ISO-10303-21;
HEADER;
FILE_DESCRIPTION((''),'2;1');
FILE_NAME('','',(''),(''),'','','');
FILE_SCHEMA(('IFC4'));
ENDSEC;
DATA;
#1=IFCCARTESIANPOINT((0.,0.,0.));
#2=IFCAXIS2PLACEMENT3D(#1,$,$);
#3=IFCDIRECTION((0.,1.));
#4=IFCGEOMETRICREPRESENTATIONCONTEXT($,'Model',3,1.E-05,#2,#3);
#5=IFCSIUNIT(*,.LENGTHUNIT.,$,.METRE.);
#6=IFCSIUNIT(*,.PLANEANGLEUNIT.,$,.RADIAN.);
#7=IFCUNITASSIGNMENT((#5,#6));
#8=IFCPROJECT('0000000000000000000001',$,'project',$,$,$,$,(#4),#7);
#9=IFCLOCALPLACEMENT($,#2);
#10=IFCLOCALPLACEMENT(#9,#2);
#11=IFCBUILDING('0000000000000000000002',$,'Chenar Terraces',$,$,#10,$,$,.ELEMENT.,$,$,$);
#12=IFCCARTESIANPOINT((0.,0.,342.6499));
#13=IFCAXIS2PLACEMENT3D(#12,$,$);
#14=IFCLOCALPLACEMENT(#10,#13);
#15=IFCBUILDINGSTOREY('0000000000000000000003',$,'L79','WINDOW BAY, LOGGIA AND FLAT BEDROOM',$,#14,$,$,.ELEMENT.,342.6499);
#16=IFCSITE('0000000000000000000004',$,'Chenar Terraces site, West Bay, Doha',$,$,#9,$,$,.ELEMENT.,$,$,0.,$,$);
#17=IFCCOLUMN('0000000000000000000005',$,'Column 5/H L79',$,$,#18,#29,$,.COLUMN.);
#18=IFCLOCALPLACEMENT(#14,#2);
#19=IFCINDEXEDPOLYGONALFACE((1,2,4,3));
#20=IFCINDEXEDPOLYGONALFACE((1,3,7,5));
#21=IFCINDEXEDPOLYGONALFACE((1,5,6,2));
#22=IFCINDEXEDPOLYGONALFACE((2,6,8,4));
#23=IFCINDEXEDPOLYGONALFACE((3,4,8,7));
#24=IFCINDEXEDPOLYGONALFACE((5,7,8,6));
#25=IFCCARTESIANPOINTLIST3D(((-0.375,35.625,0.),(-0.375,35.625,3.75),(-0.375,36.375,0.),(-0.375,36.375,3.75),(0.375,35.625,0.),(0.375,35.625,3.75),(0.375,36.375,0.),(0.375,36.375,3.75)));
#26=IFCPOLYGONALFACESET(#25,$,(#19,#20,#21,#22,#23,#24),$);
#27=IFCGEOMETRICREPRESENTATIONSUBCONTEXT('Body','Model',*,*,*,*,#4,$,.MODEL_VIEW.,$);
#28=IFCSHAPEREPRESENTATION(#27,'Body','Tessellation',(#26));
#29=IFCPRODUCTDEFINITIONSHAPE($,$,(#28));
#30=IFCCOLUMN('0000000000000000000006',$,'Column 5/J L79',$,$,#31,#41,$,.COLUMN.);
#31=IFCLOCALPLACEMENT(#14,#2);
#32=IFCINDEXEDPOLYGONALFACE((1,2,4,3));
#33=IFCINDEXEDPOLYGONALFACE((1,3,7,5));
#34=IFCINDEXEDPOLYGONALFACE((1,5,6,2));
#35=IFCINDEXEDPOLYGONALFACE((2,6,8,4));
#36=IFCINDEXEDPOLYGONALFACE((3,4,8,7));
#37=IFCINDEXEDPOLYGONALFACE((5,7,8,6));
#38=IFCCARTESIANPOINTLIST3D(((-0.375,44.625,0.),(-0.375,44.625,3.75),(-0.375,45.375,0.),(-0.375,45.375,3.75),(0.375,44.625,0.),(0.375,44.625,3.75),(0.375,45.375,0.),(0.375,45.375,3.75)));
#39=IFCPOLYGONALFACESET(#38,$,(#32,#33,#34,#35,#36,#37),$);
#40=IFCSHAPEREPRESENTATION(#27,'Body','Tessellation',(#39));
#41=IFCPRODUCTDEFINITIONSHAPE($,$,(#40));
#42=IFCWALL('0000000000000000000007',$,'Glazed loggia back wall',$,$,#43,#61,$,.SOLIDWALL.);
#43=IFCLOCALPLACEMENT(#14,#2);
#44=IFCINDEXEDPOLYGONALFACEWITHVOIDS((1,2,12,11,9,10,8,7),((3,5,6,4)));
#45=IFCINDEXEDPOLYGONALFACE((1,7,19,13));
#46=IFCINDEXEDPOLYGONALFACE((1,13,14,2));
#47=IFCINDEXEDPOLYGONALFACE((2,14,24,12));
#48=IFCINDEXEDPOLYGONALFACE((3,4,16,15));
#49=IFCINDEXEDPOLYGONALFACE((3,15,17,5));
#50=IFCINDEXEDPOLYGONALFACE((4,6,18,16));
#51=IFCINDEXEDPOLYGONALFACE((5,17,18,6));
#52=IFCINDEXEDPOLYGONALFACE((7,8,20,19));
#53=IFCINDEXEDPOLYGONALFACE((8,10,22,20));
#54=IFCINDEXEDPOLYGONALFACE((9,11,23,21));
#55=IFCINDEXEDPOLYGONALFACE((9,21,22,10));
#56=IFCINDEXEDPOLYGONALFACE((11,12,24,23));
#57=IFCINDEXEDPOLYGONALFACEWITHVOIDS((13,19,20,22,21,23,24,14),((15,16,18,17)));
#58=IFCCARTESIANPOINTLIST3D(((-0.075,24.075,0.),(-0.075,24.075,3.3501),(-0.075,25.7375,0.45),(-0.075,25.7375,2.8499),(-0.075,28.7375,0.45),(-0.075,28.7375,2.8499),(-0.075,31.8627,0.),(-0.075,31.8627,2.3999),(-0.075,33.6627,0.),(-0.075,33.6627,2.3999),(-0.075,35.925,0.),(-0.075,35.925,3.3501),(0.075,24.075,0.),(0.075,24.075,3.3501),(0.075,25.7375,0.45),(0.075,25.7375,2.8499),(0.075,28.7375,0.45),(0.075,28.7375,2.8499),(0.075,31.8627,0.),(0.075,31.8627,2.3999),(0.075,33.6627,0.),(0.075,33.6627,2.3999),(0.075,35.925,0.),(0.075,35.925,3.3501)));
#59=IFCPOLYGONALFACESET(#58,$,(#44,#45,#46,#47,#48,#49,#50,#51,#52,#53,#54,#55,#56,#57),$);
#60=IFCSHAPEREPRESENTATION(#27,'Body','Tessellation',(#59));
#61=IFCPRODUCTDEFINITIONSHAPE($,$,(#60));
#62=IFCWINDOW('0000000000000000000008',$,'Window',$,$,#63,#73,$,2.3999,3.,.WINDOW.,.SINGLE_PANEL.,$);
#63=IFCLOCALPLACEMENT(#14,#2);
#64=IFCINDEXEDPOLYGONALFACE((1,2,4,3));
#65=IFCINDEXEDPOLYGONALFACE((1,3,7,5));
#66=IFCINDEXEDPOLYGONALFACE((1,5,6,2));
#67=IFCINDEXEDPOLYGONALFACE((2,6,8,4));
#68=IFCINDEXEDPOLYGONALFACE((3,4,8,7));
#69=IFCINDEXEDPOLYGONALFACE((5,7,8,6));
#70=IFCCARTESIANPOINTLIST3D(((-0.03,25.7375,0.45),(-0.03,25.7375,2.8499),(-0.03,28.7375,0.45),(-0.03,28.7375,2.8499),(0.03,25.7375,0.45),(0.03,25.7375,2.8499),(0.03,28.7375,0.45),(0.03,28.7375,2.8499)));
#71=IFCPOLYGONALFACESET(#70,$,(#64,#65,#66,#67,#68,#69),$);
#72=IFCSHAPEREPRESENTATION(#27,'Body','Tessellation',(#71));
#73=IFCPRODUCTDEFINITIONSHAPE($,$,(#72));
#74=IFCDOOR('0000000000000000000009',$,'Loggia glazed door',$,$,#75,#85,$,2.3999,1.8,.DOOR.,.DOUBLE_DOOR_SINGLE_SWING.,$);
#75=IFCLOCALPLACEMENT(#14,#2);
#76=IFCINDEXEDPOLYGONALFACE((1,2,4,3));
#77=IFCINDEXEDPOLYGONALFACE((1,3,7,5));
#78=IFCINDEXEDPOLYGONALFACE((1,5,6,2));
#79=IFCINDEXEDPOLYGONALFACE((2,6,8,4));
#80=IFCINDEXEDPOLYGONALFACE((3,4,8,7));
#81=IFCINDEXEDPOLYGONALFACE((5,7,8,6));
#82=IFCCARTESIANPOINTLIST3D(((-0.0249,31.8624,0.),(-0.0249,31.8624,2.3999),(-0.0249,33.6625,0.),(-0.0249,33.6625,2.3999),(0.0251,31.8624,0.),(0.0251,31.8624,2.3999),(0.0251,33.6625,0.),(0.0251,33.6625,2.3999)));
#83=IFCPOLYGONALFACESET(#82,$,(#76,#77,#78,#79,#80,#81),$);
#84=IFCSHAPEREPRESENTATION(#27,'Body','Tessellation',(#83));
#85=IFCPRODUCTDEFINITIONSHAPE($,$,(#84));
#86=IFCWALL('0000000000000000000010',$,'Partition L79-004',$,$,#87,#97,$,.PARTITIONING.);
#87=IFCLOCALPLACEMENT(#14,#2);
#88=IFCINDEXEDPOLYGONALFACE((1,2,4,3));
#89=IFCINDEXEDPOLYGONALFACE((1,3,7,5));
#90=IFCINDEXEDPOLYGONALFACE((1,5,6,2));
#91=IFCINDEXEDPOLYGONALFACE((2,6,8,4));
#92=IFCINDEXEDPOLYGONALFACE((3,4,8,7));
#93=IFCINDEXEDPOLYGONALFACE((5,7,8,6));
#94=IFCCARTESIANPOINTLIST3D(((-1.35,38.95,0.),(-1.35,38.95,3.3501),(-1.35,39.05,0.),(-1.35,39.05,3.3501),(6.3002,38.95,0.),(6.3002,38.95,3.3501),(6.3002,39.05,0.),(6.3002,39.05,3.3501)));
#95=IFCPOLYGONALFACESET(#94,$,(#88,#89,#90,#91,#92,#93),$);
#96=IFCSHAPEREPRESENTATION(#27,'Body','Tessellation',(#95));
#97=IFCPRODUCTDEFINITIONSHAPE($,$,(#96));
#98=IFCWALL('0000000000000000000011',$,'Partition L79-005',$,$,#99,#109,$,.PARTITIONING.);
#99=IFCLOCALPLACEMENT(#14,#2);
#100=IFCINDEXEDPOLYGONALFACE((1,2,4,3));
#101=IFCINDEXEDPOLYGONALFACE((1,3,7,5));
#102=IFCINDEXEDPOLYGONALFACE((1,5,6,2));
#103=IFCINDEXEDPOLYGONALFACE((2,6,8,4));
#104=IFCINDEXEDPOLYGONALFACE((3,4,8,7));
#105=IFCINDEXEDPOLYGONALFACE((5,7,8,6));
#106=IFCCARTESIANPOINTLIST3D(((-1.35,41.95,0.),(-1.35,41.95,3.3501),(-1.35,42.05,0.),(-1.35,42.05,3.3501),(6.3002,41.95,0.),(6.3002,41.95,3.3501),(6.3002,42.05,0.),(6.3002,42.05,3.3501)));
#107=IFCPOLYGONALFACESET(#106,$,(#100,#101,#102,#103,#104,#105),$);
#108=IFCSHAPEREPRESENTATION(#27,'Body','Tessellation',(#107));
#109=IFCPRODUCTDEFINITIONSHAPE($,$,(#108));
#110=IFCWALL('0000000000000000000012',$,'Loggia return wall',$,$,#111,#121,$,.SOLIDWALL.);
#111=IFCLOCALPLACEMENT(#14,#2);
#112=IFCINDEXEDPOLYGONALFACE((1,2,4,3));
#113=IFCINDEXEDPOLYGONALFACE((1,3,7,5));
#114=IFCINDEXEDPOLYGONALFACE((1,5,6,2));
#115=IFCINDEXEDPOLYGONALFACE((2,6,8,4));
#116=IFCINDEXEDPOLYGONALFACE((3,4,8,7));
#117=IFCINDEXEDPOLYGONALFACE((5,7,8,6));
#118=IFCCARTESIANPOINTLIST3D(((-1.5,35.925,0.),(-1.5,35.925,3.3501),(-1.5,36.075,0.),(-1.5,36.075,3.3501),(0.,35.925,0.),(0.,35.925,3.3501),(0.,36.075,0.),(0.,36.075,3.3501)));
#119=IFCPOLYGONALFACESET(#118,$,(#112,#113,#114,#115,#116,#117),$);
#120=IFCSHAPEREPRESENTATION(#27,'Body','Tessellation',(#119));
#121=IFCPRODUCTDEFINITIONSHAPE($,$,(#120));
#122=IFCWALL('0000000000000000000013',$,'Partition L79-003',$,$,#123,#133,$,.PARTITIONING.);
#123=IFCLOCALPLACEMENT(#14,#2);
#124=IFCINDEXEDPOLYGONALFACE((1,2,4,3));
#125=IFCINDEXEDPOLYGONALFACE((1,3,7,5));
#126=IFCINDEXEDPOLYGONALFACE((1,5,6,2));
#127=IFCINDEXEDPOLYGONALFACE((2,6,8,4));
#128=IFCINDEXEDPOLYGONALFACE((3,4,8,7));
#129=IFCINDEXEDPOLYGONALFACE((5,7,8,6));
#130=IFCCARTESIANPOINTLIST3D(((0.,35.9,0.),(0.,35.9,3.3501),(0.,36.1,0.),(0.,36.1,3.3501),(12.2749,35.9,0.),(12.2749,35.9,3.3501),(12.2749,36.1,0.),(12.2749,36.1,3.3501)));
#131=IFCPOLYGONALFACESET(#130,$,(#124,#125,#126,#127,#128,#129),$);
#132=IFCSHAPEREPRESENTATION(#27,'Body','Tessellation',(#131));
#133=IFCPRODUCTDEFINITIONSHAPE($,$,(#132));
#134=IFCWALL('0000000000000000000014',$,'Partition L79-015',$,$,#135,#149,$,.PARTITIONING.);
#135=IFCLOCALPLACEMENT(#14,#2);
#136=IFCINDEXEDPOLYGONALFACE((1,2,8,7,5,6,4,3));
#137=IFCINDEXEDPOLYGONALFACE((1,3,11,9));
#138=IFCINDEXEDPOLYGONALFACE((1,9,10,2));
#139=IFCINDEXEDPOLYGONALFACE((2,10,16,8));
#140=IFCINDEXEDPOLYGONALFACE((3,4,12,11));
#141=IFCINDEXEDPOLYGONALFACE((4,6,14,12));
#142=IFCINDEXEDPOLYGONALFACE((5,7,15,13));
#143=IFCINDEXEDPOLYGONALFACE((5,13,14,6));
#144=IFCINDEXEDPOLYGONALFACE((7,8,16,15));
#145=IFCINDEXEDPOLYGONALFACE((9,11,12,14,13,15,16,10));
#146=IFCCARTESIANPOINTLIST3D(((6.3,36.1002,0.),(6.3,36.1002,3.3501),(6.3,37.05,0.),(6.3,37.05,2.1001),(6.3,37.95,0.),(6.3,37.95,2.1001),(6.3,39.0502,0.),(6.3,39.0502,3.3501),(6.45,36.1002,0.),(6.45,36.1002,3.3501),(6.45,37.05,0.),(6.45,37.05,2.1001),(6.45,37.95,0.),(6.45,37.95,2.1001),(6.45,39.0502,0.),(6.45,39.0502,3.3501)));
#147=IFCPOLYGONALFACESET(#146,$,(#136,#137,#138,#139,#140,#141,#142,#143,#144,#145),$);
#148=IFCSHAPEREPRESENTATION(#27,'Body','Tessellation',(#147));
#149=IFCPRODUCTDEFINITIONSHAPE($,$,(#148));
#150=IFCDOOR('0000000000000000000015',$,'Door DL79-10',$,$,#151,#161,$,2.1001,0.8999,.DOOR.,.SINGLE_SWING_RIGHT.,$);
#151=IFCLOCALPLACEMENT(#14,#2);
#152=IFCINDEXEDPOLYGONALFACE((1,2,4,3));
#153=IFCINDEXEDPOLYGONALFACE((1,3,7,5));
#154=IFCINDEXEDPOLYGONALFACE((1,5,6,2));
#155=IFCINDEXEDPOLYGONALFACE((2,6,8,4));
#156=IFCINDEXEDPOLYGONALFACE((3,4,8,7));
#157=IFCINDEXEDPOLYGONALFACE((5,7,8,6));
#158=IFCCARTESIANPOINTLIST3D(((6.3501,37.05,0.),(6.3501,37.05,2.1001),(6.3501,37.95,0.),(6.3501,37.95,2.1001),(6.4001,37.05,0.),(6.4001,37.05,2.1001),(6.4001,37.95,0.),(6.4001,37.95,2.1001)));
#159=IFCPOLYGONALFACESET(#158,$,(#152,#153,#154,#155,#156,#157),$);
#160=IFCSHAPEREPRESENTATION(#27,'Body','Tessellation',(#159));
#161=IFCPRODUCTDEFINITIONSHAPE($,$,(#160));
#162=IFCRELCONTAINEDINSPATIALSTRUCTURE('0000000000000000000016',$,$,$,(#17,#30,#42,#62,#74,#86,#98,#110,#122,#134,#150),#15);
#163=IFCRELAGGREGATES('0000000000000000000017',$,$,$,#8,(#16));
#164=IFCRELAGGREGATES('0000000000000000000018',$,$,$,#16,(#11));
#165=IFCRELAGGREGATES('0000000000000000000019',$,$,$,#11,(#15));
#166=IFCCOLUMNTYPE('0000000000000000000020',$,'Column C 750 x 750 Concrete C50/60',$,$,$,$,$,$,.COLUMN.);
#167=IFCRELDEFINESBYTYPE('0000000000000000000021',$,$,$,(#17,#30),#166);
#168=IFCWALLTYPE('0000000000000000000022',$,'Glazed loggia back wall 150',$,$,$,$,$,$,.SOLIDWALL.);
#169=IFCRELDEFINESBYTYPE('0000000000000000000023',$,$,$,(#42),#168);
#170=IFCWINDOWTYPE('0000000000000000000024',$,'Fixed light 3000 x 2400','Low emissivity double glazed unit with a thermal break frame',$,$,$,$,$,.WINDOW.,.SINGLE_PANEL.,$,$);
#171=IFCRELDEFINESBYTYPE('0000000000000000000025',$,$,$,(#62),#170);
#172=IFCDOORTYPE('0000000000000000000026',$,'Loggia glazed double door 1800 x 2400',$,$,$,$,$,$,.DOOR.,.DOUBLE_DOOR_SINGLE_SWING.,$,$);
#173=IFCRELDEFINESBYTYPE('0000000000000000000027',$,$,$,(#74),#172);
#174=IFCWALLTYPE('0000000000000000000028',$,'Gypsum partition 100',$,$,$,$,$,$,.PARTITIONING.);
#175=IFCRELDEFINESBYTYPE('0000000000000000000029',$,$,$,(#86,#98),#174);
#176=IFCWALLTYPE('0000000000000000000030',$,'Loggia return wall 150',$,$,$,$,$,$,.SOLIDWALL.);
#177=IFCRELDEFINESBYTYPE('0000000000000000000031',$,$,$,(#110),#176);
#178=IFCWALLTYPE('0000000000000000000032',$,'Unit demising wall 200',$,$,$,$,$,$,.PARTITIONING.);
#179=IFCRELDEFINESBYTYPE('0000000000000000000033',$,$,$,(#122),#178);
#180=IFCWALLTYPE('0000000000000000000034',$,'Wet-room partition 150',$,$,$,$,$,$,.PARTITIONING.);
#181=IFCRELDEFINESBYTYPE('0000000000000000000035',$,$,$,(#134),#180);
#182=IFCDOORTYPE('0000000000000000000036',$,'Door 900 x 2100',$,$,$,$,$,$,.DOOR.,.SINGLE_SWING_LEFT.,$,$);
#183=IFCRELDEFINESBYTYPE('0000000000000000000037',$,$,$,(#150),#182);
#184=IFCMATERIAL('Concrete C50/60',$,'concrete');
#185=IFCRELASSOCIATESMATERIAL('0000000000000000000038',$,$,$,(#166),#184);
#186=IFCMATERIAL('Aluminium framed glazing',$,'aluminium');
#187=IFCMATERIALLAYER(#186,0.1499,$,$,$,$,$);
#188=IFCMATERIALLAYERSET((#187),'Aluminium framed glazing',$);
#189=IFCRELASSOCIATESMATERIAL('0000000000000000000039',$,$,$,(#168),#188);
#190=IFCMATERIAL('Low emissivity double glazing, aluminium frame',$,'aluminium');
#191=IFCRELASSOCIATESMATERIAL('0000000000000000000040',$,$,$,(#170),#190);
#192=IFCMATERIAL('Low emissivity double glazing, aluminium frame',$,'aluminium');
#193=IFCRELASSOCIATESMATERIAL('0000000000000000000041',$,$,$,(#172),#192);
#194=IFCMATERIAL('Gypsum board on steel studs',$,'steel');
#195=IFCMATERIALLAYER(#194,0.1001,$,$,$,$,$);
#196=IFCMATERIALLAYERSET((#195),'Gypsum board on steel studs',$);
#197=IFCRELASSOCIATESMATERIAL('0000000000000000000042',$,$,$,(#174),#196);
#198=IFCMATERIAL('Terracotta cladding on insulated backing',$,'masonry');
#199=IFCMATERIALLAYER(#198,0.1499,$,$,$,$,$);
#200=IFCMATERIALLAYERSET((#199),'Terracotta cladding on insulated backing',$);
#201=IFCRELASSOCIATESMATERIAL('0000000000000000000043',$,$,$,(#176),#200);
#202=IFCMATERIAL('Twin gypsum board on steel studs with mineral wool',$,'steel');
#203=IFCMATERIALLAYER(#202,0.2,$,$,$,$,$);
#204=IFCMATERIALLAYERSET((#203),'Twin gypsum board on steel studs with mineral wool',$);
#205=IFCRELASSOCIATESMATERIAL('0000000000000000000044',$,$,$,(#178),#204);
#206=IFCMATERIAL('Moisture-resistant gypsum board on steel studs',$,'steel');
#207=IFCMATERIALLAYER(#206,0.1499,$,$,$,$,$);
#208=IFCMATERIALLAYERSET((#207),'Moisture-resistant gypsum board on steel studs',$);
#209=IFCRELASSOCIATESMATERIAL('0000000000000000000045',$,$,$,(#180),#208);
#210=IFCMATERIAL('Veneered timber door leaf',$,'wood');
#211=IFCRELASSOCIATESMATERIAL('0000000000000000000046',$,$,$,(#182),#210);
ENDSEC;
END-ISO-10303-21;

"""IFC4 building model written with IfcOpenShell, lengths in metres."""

from ifc_helpers import new_model, si_unit, direction, frame, frame_2d, origin, origin_2d, place, context, subcontext, project, spatial, rectangle, extrude, material, layer, layer_set, material_profile, profile_set, type_object, element, fill, save


model = new_model("IFC4")

# Units and contexts
model_context = context("Model", 3, precision=1e-05, world=origin(), true_north=direction((0.0, 1.0)))
body_context = subcontext(model_context, "Body", "Model", "MODEL_VIEW")
ifc_project = project(units=[si_unit("LENGTHUNIT", "METRE"), si_unit("PLANEANGLEUNIT", "RADIAN")], contexts=[model_context])

# Site, building, storey
site_placement = place(None, origin())
site = spatial("IfcSite", under=ifc_project, at=site_placement, Name="Chenar Terraces site, West Bay, Doha", CompositionType="ELEMENT", RefElevation=0.0)
building_placement = place(site_placement, origin())
building = spatial("IfcBuilding", under=site, at=building_placement, Name="Chenar Terraces", CompositionType="ELEMENT")
storey_placement = place(building_placement, frame((0.0, 0.0, 342.6499)))
storey = spatial("IfcBuildingStorey", under=building, at=storey_placement, Name="L79", Description="WINDOW BAY, LOGGIA AND FLAT BEDROOM", CompositionType="ELEMENT", Elevation=342.6499)

# Columns
ifc_material_1 = material(Name="Concrete C50/60", Category="concrete")
ifc_material_profile = material_profile(ifc_material_1, rectangle(XDim=0.75, YDim=0.75, at=origin_2d()), Name="C 750 x 750")
ifc_profile_set = profile_set([ifc_material_profile], Name="Concrete C50/60")
column_type = type_object("IfcColumnType", Name="Column C 750 x 750 Concrete C50/60", PredefinedType="COLUMN", material=ifc_profile_set)
placement = place(storey_placement, frame((0.0, 36.0, 0.0), z_axis=(0.0, 0.0, 1.0), x_axis=(1.0, 0.0, 0.0)))
element("IfcColumn", 1, at=placement, inside=storey, type_object=column_type, Name="Column 5/H L79", PredefinedType="COLUMN", context=body_context, shape_type="SweptSolid", body=[
    extrude(rectangle(XDim=0.75, YDim=0.75, at=origin_2d()), origin(), (0.0, 0.0, 1.0), 3.75),
])
column_1_placement = place(storey_placement, frame((0.0, 45.0, 0.0), z_axis=(0.0, 0.0, 1.0), x_axis=(1.0, 0.0, 0.0)))
element("IfcColumn", 2, at=column_1_placement, inside=storey, type_object=column_type, Name="Column 5/J L79", PredefinedType="COLUMN", context=body_context, shape_type="SweptSolid", body=[
    extrude(rectangle(XDim=0.75, YDim=0.75, at=origin_2d()), origin(), (0.0, 0.0, 1.0), 3.75),
])

# Wall, openings, window, door
ifc_material_2 = material(Name="Aluminium framed glazing", Category="aluminium")
ifc_layer_1 = layer(ifc_material_2, 0.1499)
ifc_layer_set_1 = layer_set([ifc_layer_1], Name="Aluminium framed glazing")
wall_type_1 = type_object("IfcWallType", Name="Glazed loggia back wall 150", PredefinedType="SOLIDWALL", material=ifc_layer_set_1)
wall_1_placement = place(storey_placement, frame((0.0, 35.925, 0.0), z_axis=(0.0, 0.0, 1.0), x_axis=(0.0, -1.0, 0.0)))
wall_1 = element("IfcWall", 3, at=wall_1_placement, inside=storey, type_object=wall_type_1, Name="Glazed loggia back wall", PredefinedType="SOLIDWALL", context=body_context, shape_type="SweptSolid", body=[
    extrude(rectangle(XDim=11.8501, YDim=0.1499, at=frame_2d((5.925, 0.0))), origin(), (0.0, 0.0, 1.0), 3.3501),
])
opening_1_placement = place(wall_1_placement, frame((2.2625, 0.0, 0.0)))
opening_1 = element("IfcOpeningElement", 4, at=opening_1_placement, cuts=wall_1, PredefinedType="OPENING", context=body_context, shape_type="SweptSolid", body=[
    extrude(rectangle(XDim=1.8, YDim=2.3999, at=frame_2d((0.8999, 1.2))), frame((0.0, 0.085, 0.0), z_axis=(0.0, -1.0, 0.0), x_axis=(1.0, 0.0, 0.0)), (0.0, 0.0, 1.0), 0.1699),
])
opening_2_placement = place(wall_1_placement, frame((7.1875, 0.0, 0.45)))
opening_2 = element("IfcOpeningElement", 5, at=opening_2_placement, cuts=wall_1, PredefinedType="OPENING", context=body_context, shape_type="SweptSolid", body=[
    extrude(rectangle(XDim=3.0, YDim=2.3999, at=frame_2d((1.5, 1.2))), frame((0.0, 0.085, 0.0), z_axis=(0.0, -1.0, 0.0), x_axis=(1.0, 0.0, 0.0)), (0.0, 0.0, 1.0), 0.1699),
])
ifc_material_3 = material(Name="Low emissivity double glazing, aluminium frame", Category="aluminium")
window_type = type_object("IfcWindowType", Name="Fixed light 3000 x 2400", Description="Low emissivity double glazed unit with a thermal break frame", PartitioningType="SINGLE_PANEL", PredefinedType="WINDOW", material=ifc_material_3)
window_placement = place(opening_2_placement, origin())
window = element("IfcWindow", 6, at=window_placement, inside=storey, type_object=window_type, Name="Window", OverallHeight=2.3999, OverallWidth=3.0, PartitioningType="SINGLE_PANEL", PredefinedType="WINDOW", context=body_context, shape_type="SweptSolid", body=[
    extrude(rectangle(XDim=3.0, YDim=2.3999, at=frame_2d((1.5, 1.2))), frame((0.0, 0.03, 0.0), z_axis=(0.0, -1.0, 0.0), x_axis=(1.0, 0.0, 0.0)), (0.0, 0.0, 1.0), 0.0601),
])
fill(opening_2, window)
ifc_material_4 = material(Name="Low emissivity double glazing, aluminium frame", Category="aluminium")
door_type_1 = type_object("IfcDoorType", Name="Loggia glazed double door 1800 x 2400", OperationType="DOUBLE_DOOR_SINGLE_SWING", PredefinedType="DOOR", material=ifc_material_4)
door_1_placement = place(opening_1_placement, frame((1.8, 0.0, 0.0), z_axis=(0.0, 0.0, 1.0), x_axis=(-1.0, 0.0, 0.0)))
door_1 = element("IfcDoor", 7, at=door_1_placement, inside=storey, type_object=door_type_1, Name="Loggia glazed door", OperationType="DOUBLE_DOOR_SINGLE_SWING", OverallHeight=2.3999, OverallWidth=1.8, PredefinedType="DOOR", context=body_context, shape_type="SweptSolid", body=[
    extrude(rectangle(XDim=1.8, YDim=2.3999, at=frame_2d((0.8999, 1.2))), frame((0.0, 0.0249, 0.0), z_axis=(0.0, -1.0, 0.0), x_axis=(1.0, 0.0, 0.0)), (0.0, 0.0, 1.0), 0.05),
])
fill(opening_1, door_1)

# Walls
ifc_material_5 = material(Name="Gypsum board on steel studs", Category="steel")
ifc_layer_2 = layer(ifc_material_5, 0.1001)
ifc_layer_set_2 = layer_set([ifc_layer_2], Name="Gypsum board on steel studs")
wall_type_2 = type_object("IfcWallType", Name="Gypsum partition 100", PredefinedType="PARTITIONING", material=ifc_layer_set_2)
for number, where, z_axis, x_axis, name in (
    (8, (-1.3501, 39.0, 0.0), (0.0, 0.0, 1.0), (1.0, 0.0, 0.0), "Partition L79-004"),
    (9, (-1.3501, 42.0, 0.0), (0.0, 0.0, 1.0), (1.0, 0.0, 0.0), "Partition L79-005"),
):
    element("IfcWall", number, at=place(storey_placement, frame(where, z_axis=z_axis, x_axis=x_axis)), inside=storey, type_object=wall_type_2, Name=name, PredefinedType="PARTITIONING", context=body_context, shape_type="SweptSolid", body=[
        extrude(rectangle(XDim=7.6501, YDim=0.1001, at=frame_2d((3.8252, 0.0))), origin(), (0.0, 0.0, 1.0), 3.3501),
    ])
ifc_material_6 = material(Name="Terracotta cladding on insulated backing", Category="masonry")
ifc_layer_3 = layer(ifc_material_6, 0.1499)
ifc_layer_set_3 = layer_set([ifc_layer_3], Name="Terracotta cladding on insulated backing")
wall_type_3 = type_object("IfcWallType", Name="Loggia return wall 150", PredefinedType="SOLIDWALL", material=ifc_layer_set_3)
wall_2_placement = place(storey_placement, frame((-1.5, 36.0, 0.0), z_axis=(0.0, 0.0, 1.0), x_axis=(1.0, 0.0, 0.0)))
element("IfcWall", 10, at=wall_2_placement, inside=storey, type_object=wall_type_3, Name="Loggia return wall", PredefinedType="SOLIDWALL", context=body_context, shape_type="SweptSolid", body=[
    extrude(rectangle(XDim=1.5, YDim=0.1499, at=frame_2d((0.75, 0.0))), origin(), (0.0, 0.0, 1.0), 3.3501),
])
ifc_material_7 = material(Name="Twin gypsum board on steel studs with mineral wool", Category="steel")
ifc_layer_4 = layer(ifc_material_7, 0.2)
ifc_layer_set_4 = layer_set([ifc_layer_4], Name="Twin gypsum board on steel studs with mineral wool")
wall_type_4 = type_object("IfcWallType", Name="Unit demising wall 200", PredefinedType="PARTITIONING", material=ifc_layer_set_4)
element("IfcWall", 11, at=placement, inside=storey, type_object=wall_type_4, Name="Partition L79-003", PredefinedType="PARTITIONING", context=body_context, shape_type="SweptSolid", body=[
    extrude(rectangle(XDim=12.2749, YDim=0.2, at=frame_2d((6.1375, 0.0))), origin(), (0.0, 0.0, 1.0), 3.3501),
])

# Wall, opening, door
ifc_material_8 = material(Name="Moisture-resistant gypsum board on steel studs", Category="steel")
ifc_layer_5 = layer(ifc_material_8, 0.1499)
ifc_layer_set_5 = layer_set([ifc_layer_5], Name="Moisture-resistant gypsum board on steel studs")
wall_type_5 = type_object("IfcWallType", Name="Wet-room partition 150", PredefinedType="PARTITIONING", material=ifc_layer_set_5)
wall_3_placement = place(storey_placement, frame((6.375, 36.1001, 0.0), z_axis=(0.0, 0.0, 1.0), x_axis=(0.0, 1.0, 0.0)))
wall_3 = element("IfcWall", 12, at=wall_3_placement, inside=storey, type_object=wall_type_5, Name="Partition L79-015", PredefinedType="PARTITIONING", context=body_context, shape_type="SweptSolid", body=[
    extrude(rectangle(XDim=2.95, YDim=0.1499, at=frame_2d((1.4751, 0.0))), origin(), (0.0, 0.0, 1.0), 3.3501),
])
opening_3_placement = place(wall_3_placement, frame((0.95, 0.0, 0.0)))
opening_3 = element("IfcOpeningElement", 13, at=opening_3_placement, cuts=wall_3, PredefinedType="OPENING", context=body_context, shape_type="SweptSolid", body=[
    extrude(rectangle(XDim=0.8999, YDim=2.1001, at=frame_2d((0.45, 1.05))), frame((0.0, 0.085, 0.0), z_axis=(0.0, -1.0, 0.0), x_axis=(1.0, 0.0, 0.0)), (0.0, 0.0, 1.0), 0.1699),
])
ifc_material_9 = material(Name="Veneered timber door leaf", Category="wood")
door_type_2 = type_object("IfcDoorType", Name="Door 900 x 2100", OperationType="SINGLE_SWING_LEFT", PredefinedType="DOOR", material=ifc_material_9)
door_2_placement = place(opening_3_placement, origin())
door_2 = element("IfcDoor", 14, at=door_2_placement, inside=storey, type_object=door_type_2, Name="Door DL79-10", OperationType="SINGLE_SWING_RIGHT", OverallHeight=2.1001, OverallWidth=0.8999, PredefinedType="DOOR", context=body_context, shape_type="SweptSolid", body=[
    extrude(rectangle(XDim=0.8999, YDim=2.1001, at=frame_2d((0.45, 1.05))), frame((0.0, 0.0249, 0.0), z_axis=(0.0, -1.0, 0.0), x_axis=(1.0, 0.0, 0.0)), (0.0, 0.0, 1.0), 0.05),
])
fill(opening_3, door_2)

save(model, "model.ifc")
